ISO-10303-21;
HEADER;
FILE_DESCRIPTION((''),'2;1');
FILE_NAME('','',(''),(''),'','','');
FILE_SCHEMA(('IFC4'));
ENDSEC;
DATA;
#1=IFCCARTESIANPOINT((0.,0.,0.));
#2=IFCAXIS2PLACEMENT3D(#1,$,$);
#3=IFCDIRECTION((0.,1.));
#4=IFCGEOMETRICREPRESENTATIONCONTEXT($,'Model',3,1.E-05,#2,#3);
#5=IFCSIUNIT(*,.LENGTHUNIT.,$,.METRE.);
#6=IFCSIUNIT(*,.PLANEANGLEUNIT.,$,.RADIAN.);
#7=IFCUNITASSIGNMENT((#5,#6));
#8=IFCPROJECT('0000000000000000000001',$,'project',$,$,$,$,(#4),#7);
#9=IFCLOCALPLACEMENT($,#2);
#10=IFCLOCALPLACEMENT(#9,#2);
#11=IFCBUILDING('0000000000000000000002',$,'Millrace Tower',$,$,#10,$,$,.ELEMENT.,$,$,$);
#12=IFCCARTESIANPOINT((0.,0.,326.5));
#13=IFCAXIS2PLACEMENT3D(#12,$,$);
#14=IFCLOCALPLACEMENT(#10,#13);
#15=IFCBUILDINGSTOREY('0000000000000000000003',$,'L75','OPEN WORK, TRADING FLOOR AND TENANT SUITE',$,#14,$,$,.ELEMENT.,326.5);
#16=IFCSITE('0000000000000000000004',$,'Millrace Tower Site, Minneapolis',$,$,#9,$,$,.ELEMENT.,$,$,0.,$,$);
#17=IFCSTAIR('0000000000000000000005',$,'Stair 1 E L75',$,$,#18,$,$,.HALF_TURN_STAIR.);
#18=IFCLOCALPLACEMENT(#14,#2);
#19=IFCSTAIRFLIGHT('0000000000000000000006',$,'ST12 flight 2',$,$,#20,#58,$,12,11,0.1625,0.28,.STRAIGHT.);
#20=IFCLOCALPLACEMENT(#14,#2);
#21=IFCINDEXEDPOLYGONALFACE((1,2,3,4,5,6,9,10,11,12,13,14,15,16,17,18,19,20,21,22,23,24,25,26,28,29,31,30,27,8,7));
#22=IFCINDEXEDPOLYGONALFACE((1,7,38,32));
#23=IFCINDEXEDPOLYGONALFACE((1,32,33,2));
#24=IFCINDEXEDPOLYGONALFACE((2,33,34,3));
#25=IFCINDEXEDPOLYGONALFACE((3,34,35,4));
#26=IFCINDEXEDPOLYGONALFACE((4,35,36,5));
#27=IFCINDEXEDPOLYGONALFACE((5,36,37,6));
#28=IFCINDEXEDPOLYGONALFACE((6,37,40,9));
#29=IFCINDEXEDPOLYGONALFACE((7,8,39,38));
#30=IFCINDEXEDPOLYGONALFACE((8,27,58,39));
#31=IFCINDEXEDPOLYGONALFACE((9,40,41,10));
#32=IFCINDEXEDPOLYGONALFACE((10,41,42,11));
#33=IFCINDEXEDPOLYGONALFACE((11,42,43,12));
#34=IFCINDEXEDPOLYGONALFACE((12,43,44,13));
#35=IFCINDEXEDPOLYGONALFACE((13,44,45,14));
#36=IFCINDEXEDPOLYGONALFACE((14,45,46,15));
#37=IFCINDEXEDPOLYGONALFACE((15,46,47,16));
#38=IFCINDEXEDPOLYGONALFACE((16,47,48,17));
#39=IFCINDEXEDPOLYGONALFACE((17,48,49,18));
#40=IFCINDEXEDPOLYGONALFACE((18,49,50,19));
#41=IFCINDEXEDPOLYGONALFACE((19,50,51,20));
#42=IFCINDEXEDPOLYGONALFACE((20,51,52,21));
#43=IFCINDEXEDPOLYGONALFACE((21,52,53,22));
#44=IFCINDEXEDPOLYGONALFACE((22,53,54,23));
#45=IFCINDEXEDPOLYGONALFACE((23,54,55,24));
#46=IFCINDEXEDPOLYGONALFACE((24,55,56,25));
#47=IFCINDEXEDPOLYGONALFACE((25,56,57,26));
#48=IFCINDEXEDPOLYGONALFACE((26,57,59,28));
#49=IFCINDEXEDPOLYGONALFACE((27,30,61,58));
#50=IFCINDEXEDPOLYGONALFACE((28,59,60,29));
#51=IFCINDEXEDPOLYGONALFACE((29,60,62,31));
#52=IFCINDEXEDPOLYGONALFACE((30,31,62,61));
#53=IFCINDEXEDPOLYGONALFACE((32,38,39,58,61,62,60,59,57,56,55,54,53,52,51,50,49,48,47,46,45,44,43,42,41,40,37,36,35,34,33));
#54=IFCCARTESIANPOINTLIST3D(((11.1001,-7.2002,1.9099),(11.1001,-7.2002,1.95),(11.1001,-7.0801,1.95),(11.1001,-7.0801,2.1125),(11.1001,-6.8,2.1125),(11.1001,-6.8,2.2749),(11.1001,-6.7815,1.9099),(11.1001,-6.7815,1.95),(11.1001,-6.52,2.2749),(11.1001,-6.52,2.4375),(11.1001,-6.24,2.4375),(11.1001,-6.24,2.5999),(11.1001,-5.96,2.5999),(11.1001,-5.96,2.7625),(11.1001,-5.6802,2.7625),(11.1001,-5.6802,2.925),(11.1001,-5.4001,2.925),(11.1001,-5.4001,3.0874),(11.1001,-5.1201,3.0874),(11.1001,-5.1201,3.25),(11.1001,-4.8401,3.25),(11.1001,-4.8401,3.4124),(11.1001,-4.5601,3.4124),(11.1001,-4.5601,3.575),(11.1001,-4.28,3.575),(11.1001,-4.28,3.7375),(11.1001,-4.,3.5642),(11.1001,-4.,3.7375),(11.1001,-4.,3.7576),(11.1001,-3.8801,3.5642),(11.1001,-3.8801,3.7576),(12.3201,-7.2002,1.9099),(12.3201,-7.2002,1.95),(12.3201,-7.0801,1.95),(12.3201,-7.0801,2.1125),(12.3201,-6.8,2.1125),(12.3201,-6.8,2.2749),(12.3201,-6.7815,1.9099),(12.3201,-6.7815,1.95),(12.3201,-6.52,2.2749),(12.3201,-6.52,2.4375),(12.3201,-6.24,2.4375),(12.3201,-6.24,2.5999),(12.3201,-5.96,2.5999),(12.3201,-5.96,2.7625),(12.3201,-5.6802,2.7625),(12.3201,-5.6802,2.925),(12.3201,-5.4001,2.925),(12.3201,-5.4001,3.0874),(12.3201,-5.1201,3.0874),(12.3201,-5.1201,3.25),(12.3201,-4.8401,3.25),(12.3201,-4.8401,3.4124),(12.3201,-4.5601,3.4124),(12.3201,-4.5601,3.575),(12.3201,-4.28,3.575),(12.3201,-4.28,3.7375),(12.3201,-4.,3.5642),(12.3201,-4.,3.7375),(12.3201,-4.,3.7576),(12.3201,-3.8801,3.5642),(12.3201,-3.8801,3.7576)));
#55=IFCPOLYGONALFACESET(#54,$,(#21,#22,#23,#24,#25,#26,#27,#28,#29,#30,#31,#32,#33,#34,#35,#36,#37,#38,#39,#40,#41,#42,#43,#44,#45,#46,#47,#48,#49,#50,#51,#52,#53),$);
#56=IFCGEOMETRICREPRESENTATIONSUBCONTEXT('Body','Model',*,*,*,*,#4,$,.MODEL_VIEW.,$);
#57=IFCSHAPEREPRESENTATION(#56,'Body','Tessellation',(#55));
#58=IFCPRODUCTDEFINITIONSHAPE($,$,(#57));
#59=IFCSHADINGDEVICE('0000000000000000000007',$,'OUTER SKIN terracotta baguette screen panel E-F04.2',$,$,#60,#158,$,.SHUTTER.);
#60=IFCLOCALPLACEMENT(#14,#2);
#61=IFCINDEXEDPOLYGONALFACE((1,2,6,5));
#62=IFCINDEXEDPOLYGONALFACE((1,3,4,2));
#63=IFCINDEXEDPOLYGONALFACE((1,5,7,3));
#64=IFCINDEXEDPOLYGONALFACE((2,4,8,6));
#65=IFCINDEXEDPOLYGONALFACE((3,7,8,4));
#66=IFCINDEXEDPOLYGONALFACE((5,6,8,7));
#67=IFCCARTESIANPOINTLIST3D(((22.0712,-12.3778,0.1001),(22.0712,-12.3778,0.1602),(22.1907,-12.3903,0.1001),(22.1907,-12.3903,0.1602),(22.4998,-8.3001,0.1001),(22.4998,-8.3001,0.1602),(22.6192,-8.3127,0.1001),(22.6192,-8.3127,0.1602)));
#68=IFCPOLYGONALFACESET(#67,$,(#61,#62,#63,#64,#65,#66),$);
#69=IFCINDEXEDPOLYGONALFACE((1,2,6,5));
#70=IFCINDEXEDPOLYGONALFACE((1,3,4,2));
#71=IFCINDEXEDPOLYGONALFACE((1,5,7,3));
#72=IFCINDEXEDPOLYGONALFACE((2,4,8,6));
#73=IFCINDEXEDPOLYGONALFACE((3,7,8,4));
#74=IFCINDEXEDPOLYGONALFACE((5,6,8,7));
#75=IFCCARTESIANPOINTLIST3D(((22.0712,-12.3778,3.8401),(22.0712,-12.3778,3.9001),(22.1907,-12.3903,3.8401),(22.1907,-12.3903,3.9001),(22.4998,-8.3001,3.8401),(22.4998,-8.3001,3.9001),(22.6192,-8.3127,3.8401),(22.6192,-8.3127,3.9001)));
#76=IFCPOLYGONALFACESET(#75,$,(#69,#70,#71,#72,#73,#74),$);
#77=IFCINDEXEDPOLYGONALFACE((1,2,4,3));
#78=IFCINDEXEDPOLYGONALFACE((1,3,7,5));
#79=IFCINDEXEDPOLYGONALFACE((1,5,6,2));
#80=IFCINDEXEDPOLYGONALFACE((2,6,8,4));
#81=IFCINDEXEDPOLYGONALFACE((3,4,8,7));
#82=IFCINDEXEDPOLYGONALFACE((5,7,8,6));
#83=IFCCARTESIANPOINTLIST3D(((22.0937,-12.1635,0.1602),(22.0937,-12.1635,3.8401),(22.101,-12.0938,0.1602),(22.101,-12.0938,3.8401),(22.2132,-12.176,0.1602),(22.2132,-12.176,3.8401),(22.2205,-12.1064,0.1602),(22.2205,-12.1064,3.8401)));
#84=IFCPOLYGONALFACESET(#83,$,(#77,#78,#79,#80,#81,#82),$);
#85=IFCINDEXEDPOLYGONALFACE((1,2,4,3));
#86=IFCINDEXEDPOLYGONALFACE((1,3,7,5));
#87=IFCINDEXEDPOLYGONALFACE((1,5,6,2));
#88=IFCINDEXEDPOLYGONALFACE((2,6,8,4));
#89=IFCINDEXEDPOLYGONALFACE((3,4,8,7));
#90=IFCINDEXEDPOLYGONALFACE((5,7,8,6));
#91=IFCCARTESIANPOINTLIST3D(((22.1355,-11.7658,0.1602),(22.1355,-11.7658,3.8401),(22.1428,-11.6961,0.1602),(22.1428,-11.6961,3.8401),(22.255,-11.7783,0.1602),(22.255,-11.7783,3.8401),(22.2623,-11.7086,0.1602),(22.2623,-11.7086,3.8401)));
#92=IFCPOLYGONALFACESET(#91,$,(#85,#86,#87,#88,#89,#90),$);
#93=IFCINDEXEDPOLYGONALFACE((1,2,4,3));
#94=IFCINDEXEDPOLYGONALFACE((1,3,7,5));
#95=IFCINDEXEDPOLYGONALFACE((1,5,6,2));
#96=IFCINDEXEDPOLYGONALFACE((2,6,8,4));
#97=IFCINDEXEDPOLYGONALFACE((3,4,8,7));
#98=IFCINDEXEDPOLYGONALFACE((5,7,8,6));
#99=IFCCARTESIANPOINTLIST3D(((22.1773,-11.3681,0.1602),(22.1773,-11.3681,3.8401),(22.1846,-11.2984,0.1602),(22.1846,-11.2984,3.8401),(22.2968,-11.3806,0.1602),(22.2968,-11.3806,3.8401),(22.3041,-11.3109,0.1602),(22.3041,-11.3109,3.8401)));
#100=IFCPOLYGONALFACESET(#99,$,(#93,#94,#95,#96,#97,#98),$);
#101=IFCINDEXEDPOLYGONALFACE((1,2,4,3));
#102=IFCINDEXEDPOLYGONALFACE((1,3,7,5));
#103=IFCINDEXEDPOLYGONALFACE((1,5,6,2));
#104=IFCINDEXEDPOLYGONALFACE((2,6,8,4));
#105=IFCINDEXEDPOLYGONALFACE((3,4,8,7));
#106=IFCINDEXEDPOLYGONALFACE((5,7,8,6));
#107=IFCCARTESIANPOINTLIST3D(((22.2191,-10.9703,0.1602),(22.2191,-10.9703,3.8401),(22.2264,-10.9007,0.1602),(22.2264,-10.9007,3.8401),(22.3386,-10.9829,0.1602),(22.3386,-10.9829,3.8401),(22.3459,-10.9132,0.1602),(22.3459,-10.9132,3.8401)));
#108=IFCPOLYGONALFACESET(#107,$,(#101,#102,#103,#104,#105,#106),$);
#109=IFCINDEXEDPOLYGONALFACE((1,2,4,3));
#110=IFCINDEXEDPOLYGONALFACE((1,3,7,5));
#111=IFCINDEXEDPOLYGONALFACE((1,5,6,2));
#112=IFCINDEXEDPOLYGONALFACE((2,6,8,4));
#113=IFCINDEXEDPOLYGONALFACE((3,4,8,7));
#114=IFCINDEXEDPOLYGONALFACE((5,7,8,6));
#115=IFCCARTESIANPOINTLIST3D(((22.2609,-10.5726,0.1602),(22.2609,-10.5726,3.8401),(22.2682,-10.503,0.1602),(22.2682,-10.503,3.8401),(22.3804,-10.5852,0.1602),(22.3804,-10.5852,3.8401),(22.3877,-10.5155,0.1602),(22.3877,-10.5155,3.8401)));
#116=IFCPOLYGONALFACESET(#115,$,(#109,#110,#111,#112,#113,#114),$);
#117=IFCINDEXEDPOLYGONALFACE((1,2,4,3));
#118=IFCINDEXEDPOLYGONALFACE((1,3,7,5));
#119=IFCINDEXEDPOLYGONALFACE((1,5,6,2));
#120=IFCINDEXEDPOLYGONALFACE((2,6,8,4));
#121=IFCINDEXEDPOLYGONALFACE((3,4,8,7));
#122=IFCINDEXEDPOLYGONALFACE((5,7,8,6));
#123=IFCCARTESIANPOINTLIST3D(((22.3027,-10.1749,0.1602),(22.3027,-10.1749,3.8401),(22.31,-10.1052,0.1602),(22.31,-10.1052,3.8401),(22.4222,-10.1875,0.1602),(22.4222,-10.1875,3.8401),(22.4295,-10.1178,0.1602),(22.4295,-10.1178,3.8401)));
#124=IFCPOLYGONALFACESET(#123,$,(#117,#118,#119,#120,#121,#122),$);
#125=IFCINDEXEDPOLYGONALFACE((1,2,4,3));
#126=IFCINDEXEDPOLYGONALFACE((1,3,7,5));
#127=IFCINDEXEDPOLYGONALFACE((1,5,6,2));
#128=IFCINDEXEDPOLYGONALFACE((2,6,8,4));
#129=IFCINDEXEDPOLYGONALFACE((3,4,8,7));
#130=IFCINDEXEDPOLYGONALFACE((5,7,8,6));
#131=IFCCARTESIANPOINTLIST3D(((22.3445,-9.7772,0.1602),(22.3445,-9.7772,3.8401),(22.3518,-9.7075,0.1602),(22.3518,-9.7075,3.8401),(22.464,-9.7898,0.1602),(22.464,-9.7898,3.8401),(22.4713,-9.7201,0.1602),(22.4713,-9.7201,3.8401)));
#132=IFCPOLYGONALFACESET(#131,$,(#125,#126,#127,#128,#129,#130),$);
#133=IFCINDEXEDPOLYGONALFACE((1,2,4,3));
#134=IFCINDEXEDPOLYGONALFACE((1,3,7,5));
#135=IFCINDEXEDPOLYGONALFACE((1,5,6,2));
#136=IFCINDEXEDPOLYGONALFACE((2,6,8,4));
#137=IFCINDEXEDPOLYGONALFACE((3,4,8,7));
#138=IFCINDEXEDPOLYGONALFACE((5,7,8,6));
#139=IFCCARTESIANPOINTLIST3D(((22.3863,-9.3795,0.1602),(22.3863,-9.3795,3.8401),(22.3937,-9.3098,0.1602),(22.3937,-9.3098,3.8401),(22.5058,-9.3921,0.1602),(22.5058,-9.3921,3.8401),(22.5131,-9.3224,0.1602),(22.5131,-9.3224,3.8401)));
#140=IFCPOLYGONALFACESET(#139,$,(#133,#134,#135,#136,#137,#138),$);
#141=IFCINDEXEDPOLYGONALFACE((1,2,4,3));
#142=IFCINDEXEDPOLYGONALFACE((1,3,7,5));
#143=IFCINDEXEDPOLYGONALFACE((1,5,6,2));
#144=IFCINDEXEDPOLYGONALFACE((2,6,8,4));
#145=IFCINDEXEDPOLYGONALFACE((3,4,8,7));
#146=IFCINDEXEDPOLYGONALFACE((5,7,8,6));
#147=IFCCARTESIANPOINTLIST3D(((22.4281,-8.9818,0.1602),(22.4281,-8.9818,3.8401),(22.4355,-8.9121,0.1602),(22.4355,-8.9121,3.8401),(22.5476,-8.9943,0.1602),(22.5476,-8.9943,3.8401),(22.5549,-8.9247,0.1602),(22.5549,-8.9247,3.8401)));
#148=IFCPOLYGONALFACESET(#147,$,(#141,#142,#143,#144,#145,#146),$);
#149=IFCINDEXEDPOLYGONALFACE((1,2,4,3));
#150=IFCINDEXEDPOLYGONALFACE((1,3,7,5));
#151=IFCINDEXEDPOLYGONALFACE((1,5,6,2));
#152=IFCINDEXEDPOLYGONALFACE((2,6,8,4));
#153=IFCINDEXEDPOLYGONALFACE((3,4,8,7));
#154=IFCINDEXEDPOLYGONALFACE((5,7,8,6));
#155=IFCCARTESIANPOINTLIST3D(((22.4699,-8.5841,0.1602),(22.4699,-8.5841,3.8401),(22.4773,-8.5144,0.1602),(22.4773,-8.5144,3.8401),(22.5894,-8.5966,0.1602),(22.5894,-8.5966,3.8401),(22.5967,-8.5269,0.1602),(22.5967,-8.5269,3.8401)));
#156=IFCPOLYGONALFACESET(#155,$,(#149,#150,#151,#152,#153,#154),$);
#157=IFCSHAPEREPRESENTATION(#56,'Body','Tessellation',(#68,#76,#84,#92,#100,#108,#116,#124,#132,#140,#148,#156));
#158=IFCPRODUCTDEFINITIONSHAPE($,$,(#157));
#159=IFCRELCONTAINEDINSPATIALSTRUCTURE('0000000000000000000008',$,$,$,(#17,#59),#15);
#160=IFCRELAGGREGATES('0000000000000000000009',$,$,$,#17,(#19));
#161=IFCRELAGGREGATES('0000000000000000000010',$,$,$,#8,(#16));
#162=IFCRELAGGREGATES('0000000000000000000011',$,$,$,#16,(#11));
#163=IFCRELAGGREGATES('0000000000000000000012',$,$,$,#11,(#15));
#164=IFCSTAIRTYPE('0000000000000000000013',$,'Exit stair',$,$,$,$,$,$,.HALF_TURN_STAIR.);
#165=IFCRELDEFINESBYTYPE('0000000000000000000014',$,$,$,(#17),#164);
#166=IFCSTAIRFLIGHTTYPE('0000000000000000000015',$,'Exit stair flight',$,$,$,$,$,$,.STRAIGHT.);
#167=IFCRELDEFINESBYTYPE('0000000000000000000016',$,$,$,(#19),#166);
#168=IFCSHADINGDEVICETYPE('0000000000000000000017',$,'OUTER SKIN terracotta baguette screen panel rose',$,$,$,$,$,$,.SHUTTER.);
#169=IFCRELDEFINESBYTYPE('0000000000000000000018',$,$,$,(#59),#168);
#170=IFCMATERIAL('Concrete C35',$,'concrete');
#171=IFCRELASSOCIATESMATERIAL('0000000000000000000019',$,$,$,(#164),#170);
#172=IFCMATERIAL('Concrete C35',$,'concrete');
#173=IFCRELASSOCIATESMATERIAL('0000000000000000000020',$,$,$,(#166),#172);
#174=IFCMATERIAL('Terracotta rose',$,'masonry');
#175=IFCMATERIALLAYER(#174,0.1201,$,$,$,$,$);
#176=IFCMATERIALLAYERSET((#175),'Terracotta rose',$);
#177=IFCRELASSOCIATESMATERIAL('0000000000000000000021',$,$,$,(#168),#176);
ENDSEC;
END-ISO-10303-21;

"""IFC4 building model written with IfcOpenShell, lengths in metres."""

from ifc_helpers import new_model, entity, si_unit, direction, frame, frame_2d, origin, place, context, subcontext, project, spatial, polyline, rectangle, outline, extrude, source, transform, mapped, material, layer, layer_set, type_object, element, aggregate, save


model = new_model("IFC4")

# Units and contexts
model_context = context("Model", 3, precision=1e-05, world=origin(), true_north=direction((0.0, 1.0)))
body_context = subcontext(model_context, "Body", "Model", "MODEL_VIEW")
ifc_project = project(units=[si_unit("LENGTHUNIT", "METRE"), si_unit("PLANEANGLEUNIT", "RADIAN")], contexts=[model_context])

# Site, building, storey
site_placement = place(None, origin())
site = spatial("IfcSite", under=ifc_project, at=site_placement, Name="Millrace Tower Site, Minneapolis", CompositionType="ELEMENT", RefElevation=0.0)
building_placement = place(site_placement, origin())
building = spatial("IfcBuilding", under=site, at=building_placement, Name="Millrace Tower", CompositionType="ELEMENT")
storey_placement = place(building_placement, frame((0.0, 0.0, 326.5)))
storey = spatial("IfcBuildingStorey", under=building, at=storey_placement, Name="L75", Description="OPEN WORK, TRADING FLOOR AND TENANT SUITE", CompositionType="ELEMENT", Elevation=326.5)

# Shared definitions
placement = place(storey_placement, origin())

# Stair, stair flight
ifc_material_1 = material(Name="Concrete C35", Category="concrete")
stair_type = type_object("IfcStairType", Name="Exit stair", PredefinedType="HALF_TURN_STAIR", material=ifc_material_1)
stair = element("IfcStair", 1, at=placement, inside=storey, type_object=stair_type, Name="Stair 1 E L75", PredefinedType="HALF_TURN_STAIR")
ifc_material_2 = material(Name="Concrete C35", Category="concrete")
stair_flight_type = type_object("IfcStairFlightType", Name="Exit stair flight", PredefinedType="STRAIGHT", material=ifc_material_2)
stair_flight_1_placement = place(storey_placement, frame((11.71, -7.0801, 1.95), z_axis=(0.0, 0.0, 1.0), x_axis=(0.0, 1.0, 0.0)))
stair_flight_1 = element("IfcStairFlight", 2, at=stair_flight_1_placement, type_object=stair_flight_type, Name="ST12 flight 2", NumberOfRisers=12, NumberOfTreads=11, PredefinedType="STRAIGHT", RiserHeight=0.1625, TreadLength=0.28, context=body_context, shape_type="SweptSolid", body=[
    extrude(outline(polyline([(-0.1201, -0.04), (-0.1201, 0.0), (0.0, 0.0), (0.0, 0.1626), (0.28, 0.1626), (0.28, 0.325), (0.5601, 0.325), (0.5601, 0.4875), (0.8401, 0.4875), (0.8401, 0.6499), (1.1201, 0.6499), (1.1201, 0.8125), (1.3999, 0.8125), (1.3999, 0.9751), (1.6799, 0.9751), (1.6799, 1.1375), (1.96, 1.1375), (1.96, 1.3), (2.24, 1.3), (2.24, 1.4624), (2.52, 1.4624), (2.52, 1.625), (2.8, 1.625), (2.8, 1.7876), (3.0801, 1.7876), (3.0801, 1.8076), (3.2, 1.8076), (3.2, 1.6143), (3.0801, 1.6143), (0.2986, 0.0), (0.2986, -0.04), (-0.1201, -0.04)])), frame((0.0, 0.6099, 0.0), z_axis=(0.0, -1.0, 0.0), x_axis=(1.0, 0.0, 0.0)), (0.0, 0.0, 1.0), 1.22),
])
aggregate(stair, [stair_flight_1])

# Shading device
ifc_material_3 = material(Name="Terracotta rose", Category="masonry")
ifc_layer_1 = layer(ifc_material_3, 0.1201)
ifc_layer_set_1 = layer_set([ifc_layer_1], Name="Terracotta rose")
shading_device_type = type_object("IfcShadingDeviceType", Name="OUTER SKIN terracotta baguette screen panel rose", PredefinedType="SHUTTER", material=ifc_layer_set_1)
cartesian_point = entity("IfcCartesianPoint", [-2.05, 0.0601])
shared_polyline = entity("IfcPolyline", [cartesian_point, entity("IfcCartesianPoint", [2.05, 0.0601]), entity("IfcCartesianPoint", [2.05, -0.0601]), entity("IfcCartesianPoint", [-2.05, -0.0601]), cartesian_point])
shared_shape = source(origin(), body_context, "Body", "SweptSolid", [
    entity("IfcExtrudedAreaSolid", entity("IfcArbitraryClosedProfileDef", "AREA", None, shared_polyline), entity("IfcAxis2Placement3D", entity("IfcCartesianPoint", [0.0, 0.0, 0.0])), entity("IfcDirection", [0.0, 0.0, 1.0]), 0.0601),
    entity("IfcExtrudedAreaSolid", entity("IfcArbitraryClosedProfileDef", "AREA", None, shared_polyline), entity("IfcAxis2Placement3D", entity("IfcCartesianPoint", [0.0, 0.0, 3.74])), entity("IfcDirection", [0.0, 0.0, 1.0]), 0.0601),
    extrude(rectangle(XDim=0.0701, YDim=0.1201, at=frame_2d((-1.7996, 0.0))), frame((0.0, 0.0, 0.0601)), (0.0, 0.0, 1.0), 3.6799),
    extrude(rectangle(XDim=0.0701, YDim=0.1201, at=frame_2d((-1.3997, 0.0))), frame((0.0, 0.0, 0.0601)), (0.0, 0.0, 1.0), 3.6799),
    extrude(rectangle(XDim=0.0701, YDim=0.1201, at=frame_2d((-0.9998, 0.0))), frame((0.0, 0.0, 0.0601)), (0.0, 0.0, 1.0), 3.6799),
    extrude(rectangle(XDim=0.0701, YDim=0.1201, at=frame_2d((-0.5999, 0.0))), frame((0.0, 0.0, 0.0601)), (0.0, 0.0, 1.0), 3.6799),
    extrude(rectangle(XDim=0.0701, YDim=0.1201, at=frame_2d((-0.2, 0.0))), frame((0.0, 0.0, 0.0601)), (0.0, 0.0, 1.0), 3.6799),
    extrude(rectangle(XDim=0.0701, YDim=0.1201, at=frame_2d((0.2, 0.0))), frame((0.0, 0.0, 0.0601)), (0.0, 0.0, 1.0), 3.6799),
    extrude(rectangle(XDim=0.0701, YDim=0.1201, at=frame_2d((0.5999, 0.0))), frame((0.0, 0.0, 0.0601)), (0.0, 0.0, 1.0), 3.6799),
    extrude(rectangle(XDim=0.0701, YDim=0.1201, at=frame_2d((0.9998, 0.0))), frame((0.0, 0.0, 0.0601)), (0.0, 0.0, 1.0), 3.6799),
    extrude(rectangle(XDim=0.0701, YDim=0.1201, at=frame_2d((1.3997, 0.0))), frame((0.0, 0.0, 0.0601)), (0.0, 0.0, 1.0), 3.6799),
    extrude(rectangle(XDim=0.0701, YDim=0.1201, at=frame_2d((1.7996, 0.0))), frame((0.0, 0.0, 0.0601)), (0.0, 0.0, 1.0), 3.6799),
])
for number, where, z_axis, x_axis, name in (
    (3, (22.3452, -10.3452, 0.1001), (0.0, 0.0, 1.0), (0.104528, 0.994522, 0.0), "OUTER SKIN terracotta baguette screen panel E-F04.2"),
):
    element("IfcShadingDevice", number, at=place(storey_placement, frame(where, z_axis=z_axis, x_axis=x_axis)), inside=storey, type_object=shading_device_type, Name=name, PredefinedType="SHUTTER", context=body_context, shape_type="MappedRepresentation", body=[
        mapped(shared_shape, transform((0.0, 0.0, 0.0), scale=1.0)),
    ])

save(model, "model.ifc")
